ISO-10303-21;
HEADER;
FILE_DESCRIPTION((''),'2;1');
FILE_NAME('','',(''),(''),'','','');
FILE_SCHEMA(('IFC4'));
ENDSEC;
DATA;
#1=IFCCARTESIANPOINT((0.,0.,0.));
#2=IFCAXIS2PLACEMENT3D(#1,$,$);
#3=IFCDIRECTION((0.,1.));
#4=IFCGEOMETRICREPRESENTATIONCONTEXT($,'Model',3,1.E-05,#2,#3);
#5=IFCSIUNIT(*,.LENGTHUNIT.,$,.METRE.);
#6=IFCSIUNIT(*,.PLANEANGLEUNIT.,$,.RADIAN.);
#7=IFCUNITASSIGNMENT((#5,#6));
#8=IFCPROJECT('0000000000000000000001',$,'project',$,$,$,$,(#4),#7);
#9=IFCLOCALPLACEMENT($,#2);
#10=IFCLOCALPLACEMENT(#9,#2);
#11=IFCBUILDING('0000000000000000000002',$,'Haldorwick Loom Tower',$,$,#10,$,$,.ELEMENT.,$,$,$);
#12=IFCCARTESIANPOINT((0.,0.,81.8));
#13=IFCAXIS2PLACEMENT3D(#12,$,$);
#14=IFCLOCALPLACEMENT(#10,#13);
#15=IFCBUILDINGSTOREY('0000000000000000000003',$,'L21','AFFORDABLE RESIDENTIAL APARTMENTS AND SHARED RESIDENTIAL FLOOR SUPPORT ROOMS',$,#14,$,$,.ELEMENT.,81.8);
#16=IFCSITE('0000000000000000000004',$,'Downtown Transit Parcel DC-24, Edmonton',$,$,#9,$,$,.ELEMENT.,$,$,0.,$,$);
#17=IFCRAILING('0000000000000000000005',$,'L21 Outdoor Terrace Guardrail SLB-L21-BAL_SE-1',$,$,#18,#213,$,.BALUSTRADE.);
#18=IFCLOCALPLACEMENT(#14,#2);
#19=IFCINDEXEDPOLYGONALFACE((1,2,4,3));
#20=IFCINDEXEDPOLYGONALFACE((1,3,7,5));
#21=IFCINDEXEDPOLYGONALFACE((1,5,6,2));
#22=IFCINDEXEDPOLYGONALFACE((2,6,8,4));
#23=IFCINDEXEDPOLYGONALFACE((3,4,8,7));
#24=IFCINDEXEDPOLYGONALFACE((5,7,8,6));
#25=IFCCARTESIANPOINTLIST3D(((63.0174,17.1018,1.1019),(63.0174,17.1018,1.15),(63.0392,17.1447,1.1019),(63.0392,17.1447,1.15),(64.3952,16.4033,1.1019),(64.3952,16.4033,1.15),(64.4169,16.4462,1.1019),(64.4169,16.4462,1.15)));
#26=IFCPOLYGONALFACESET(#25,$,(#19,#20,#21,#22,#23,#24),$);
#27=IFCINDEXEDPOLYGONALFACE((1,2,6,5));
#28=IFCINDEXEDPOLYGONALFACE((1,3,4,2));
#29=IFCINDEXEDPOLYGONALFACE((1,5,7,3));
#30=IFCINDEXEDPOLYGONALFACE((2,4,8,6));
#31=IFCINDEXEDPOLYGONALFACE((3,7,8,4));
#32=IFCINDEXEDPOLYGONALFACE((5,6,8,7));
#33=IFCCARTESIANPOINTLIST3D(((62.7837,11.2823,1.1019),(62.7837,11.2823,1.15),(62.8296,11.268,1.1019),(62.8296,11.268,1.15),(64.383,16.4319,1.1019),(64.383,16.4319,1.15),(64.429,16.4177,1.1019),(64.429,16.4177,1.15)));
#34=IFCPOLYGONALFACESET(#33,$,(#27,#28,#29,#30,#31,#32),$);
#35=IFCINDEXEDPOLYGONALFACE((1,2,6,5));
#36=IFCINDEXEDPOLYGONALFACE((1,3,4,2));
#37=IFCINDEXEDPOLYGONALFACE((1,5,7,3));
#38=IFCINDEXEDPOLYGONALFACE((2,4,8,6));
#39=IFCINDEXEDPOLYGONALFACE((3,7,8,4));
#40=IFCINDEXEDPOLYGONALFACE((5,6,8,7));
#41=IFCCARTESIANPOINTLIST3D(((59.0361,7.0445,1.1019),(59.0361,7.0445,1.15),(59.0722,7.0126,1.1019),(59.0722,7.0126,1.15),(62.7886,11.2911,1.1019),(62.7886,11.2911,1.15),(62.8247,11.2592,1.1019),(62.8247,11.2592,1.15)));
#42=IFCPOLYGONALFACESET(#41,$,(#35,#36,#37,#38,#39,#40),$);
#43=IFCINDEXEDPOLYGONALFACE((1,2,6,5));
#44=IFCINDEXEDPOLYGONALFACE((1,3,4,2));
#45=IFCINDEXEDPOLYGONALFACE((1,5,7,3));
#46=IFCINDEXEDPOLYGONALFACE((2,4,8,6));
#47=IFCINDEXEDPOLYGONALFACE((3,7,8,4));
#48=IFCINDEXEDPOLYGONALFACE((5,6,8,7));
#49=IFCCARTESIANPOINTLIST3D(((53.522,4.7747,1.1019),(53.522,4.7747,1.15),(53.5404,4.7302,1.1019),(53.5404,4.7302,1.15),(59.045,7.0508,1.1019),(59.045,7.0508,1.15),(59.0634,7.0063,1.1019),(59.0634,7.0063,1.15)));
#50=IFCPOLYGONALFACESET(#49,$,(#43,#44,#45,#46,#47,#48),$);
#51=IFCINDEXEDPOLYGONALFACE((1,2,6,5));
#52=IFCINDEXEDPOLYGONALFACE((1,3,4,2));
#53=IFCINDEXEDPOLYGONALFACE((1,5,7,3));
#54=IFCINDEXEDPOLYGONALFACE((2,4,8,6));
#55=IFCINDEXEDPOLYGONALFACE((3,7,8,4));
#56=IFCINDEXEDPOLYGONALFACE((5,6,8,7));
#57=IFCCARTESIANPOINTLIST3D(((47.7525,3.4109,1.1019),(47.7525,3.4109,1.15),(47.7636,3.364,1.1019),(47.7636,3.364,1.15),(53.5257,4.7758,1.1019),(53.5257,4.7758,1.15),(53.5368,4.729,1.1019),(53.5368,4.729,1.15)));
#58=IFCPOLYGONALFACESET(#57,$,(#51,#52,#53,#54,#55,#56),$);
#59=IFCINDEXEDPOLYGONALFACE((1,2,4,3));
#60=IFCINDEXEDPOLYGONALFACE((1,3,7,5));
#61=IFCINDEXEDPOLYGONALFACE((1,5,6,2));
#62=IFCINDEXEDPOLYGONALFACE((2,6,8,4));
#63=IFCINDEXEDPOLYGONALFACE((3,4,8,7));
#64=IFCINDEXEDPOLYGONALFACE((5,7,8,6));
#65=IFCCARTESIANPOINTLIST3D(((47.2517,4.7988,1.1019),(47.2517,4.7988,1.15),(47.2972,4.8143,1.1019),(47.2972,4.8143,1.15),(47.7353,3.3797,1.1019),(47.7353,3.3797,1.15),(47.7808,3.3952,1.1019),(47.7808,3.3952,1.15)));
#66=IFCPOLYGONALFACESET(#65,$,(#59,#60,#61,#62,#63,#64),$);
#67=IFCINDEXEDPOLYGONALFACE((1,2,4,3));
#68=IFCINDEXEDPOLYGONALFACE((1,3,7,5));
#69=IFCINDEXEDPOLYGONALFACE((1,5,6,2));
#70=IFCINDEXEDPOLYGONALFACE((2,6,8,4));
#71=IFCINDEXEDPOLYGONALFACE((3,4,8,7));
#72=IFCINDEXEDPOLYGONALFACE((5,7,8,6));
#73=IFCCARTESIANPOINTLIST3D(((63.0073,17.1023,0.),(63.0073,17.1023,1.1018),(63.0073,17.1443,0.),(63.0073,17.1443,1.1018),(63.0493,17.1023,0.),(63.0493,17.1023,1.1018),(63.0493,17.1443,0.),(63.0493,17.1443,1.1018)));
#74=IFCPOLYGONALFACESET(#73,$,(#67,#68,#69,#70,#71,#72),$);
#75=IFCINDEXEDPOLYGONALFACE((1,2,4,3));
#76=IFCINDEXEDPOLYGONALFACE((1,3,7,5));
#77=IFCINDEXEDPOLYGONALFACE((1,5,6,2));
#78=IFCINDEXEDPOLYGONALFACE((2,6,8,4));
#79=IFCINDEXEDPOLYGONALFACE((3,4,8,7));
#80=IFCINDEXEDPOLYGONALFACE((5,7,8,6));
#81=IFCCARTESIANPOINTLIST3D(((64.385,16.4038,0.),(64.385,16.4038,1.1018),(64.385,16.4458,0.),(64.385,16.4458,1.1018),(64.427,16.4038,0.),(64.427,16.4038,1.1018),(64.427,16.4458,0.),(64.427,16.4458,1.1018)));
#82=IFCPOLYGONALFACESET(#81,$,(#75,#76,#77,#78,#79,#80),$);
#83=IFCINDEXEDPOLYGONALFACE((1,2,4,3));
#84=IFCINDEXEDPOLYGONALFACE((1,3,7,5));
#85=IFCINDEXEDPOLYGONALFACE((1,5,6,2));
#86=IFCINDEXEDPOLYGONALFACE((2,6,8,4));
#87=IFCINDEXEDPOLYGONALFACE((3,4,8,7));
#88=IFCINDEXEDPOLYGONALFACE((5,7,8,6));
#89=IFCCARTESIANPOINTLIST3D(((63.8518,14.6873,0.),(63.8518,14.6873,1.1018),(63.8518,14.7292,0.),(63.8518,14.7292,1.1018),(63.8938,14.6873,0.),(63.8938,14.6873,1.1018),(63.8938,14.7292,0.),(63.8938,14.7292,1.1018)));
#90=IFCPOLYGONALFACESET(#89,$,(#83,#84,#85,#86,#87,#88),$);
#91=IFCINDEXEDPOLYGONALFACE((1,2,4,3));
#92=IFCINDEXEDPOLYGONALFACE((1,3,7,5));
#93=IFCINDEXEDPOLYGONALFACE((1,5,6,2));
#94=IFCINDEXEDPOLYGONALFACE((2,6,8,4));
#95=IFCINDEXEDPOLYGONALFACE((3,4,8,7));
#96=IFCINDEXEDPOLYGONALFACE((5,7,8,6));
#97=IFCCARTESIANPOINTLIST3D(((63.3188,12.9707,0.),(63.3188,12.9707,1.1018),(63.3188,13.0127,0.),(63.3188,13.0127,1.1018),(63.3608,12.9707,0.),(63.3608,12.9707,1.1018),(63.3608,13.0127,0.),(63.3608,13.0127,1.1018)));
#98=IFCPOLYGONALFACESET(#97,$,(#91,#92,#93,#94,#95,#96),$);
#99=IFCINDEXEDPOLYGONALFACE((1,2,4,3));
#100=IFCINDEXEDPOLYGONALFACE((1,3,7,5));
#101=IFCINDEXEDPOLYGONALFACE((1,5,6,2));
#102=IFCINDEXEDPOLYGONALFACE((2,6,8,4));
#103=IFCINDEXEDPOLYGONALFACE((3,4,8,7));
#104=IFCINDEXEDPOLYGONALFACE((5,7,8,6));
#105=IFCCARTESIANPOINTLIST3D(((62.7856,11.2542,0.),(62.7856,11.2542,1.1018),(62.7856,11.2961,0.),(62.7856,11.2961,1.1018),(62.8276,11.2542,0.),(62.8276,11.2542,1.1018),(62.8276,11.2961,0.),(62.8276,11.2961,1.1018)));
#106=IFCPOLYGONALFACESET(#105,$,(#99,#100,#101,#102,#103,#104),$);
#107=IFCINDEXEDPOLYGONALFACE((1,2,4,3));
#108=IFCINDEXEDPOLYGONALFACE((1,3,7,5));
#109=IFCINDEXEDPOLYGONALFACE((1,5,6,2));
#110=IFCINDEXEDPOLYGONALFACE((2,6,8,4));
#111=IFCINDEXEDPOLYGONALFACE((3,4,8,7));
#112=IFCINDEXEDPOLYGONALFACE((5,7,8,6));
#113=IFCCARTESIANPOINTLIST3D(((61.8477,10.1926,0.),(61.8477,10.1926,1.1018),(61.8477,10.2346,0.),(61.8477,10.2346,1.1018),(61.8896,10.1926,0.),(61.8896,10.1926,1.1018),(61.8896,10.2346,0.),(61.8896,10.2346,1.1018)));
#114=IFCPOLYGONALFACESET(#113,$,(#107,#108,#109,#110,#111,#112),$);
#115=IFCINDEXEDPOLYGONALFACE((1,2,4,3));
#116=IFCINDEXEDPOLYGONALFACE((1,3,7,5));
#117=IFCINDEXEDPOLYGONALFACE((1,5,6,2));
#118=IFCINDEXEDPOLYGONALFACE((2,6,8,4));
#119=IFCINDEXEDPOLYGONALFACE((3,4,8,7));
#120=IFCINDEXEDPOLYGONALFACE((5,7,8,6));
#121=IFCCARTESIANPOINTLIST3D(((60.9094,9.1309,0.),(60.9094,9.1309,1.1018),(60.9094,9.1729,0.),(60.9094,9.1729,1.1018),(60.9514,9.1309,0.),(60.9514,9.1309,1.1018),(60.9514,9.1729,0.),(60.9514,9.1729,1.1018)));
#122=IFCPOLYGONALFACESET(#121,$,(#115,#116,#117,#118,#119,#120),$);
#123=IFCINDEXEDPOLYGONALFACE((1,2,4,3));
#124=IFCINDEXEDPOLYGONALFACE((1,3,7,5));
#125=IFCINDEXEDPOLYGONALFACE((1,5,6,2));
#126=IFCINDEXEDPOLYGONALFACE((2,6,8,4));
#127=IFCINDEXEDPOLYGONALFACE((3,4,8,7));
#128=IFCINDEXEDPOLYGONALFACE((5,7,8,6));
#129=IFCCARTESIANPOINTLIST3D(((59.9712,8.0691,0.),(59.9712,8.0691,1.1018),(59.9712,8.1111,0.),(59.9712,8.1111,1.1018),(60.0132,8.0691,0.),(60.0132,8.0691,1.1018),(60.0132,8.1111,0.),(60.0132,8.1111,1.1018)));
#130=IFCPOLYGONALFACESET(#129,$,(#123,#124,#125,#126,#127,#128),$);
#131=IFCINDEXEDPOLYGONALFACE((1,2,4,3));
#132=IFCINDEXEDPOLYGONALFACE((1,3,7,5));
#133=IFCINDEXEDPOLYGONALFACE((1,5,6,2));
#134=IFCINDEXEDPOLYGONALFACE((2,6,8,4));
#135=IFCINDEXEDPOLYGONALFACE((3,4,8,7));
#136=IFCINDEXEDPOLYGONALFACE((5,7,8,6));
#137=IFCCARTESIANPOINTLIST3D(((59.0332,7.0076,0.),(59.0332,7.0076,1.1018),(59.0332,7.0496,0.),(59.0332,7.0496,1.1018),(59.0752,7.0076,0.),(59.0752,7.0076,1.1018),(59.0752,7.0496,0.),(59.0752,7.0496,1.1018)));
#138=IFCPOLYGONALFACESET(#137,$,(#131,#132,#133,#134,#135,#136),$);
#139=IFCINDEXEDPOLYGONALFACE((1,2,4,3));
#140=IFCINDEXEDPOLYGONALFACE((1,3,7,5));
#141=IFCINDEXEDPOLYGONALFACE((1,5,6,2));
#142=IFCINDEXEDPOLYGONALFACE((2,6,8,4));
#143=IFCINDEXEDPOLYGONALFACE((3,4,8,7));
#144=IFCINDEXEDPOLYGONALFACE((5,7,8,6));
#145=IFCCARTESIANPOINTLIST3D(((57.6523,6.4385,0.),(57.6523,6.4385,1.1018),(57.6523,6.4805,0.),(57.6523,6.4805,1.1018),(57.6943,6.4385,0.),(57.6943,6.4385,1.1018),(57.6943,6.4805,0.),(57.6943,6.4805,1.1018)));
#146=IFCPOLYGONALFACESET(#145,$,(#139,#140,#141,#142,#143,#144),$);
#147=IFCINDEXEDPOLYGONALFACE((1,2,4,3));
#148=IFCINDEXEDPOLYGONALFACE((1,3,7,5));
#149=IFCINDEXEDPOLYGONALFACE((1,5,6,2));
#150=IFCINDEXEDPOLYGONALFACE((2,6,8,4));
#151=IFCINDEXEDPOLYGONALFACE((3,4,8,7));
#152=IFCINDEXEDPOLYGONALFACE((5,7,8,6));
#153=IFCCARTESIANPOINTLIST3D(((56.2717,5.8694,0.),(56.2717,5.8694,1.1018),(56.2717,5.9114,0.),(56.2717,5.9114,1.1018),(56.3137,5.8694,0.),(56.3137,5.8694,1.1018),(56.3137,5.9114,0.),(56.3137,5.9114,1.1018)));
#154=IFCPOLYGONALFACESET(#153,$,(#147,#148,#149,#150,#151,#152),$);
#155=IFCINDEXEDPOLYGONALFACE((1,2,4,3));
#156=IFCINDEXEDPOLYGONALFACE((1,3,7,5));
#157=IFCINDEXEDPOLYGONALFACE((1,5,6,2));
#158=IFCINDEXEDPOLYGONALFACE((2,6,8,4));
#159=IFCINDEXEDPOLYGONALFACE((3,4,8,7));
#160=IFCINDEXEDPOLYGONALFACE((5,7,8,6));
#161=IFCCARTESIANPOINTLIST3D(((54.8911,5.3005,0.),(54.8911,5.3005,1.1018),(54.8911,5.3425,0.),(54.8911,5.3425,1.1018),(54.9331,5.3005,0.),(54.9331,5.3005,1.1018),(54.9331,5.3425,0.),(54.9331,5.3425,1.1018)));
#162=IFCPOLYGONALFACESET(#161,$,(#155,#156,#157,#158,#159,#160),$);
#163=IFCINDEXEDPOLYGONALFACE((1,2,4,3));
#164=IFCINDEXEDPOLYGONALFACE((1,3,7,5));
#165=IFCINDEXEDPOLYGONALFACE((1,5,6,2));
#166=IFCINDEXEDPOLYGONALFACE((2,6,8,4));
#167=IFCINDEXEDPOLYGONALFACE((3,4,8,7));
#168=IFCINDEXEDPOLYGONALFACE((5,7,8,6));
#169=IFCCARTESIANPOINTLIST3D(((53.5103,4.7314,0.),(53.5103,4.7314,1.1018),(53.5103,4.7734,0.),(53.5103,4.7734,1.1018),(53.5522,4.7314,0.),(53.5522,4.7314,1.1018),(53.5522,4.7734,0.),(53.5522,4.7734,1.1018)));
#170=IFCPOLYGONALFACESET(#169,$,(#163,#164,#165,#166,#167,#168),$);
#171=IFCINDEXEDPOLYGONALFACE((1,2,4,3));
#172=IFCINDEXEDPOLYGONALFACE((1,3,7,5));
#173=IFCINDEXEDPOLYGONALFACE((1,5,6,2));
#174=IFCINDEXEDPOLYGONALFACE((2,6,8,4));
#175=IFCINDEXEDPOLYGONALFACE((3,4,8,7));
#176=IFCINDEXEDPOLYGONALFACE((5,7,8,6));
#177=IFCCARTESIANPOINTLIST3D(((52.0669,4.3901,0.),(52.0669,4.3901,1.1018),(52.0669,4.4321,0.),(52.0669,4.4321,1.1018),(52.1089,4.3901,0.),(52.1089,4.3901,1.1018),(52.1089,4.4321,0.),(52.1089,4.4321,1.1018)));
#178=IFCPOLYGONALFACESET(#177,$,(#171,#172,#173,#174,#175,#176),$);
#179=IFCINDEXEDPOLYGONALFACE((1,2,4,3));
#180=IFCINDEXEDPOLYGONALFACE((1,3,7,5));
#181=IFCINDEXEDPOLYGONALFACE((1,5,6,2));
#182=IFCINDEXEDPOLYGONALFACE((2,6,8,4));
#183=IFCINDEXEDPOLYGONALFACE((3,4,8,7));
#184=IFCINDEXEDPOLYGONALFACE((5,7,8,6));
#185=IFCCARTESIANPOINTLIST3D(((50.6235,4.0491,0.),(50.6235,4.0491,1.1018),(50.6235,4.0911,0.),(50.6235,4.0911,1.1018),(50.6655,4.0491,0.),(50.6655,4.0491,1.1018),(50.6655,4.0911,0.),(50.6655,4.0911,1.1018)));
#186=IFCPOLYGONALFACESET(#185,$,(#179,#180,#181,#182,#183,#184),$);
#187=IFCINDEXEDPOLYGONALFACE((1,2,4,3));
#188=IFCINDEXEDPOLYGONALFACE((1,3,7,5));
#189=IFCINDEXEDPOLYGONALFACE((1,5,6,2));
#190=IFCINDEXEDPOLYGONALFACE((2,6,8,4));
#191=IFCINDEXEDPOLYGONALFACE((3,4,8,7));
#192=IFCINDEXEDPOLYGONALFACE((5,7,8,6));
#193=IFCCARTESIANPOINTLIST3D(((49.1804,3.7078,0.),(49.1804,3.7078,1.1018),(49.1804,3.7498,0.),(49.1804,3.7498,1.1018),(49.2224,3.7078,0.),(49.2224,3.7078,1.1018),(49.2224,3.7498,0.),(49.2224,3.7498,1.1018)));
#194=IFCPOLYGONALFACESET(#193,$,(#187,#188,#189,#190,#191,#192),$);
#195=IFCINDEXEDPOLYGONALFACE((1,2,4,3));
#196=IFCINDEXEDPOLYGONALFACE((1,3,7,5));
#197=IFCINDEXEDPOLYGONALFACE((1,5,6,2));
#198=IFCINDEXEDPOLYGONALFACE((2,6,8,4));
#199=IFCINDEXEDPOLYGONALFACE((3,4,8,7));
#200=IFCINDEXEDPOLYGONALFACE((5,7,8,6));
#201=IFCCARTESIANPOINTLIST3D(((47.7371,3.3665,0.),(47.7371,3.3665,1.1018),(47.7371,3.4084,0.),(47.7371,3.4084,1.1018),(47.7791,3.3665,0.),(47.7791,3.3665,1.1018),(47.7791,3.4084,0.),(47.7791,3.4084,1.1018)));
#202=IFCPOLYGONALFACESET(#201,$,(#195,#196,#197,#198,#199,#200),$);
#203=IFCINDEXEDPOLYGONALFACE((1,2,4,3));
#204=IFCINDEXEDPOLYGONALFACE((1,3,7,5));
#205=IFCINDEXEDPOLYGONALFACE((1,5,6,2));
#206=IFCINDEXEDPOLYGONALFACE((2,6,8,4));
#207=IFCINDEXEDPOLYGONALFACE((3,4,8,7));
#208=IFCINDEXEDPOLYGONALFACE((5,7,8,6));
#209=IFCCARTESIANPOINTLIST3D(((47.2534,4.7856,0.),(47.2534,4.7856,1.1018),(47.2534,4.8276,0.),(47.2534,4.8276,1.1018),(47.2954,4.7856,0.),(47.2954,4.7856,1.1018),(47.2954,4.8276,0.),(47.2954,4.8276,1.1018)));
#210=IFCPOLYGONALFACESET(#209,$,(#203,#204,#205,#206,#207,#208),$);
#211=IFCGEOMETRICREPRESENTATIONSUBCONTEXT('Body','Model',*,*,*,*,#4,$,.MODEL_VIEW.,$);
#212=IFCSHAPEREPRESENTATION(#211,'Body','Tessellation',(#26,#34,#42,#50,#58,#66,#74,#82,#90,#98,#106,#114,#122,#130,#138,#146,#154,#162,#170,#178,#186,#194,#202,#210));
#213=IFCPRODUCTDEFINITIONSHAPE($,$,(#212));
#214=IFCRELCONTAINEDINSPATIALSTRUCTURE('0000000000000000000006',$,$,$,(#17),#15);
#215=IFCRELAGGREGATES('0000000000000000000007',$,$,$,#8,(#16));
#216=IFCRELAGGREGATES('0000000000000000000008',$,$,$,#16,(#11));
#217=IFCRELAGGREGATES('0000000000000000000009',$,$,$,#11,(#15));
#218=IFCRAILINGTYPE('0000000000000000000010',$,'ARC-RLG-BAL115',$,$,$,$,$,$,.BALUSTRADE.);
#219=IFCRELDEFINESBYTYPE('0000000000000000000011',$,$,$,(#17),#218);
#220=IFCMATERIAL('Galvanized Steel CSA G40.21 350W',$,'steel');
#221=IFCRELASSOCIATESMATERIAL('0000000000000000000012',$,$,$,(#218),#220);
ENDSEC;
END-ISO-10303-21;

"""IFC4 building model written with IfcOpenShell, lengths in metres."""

from ifc_helpers import new_model, si_unit, direction, frame, origin, origin_2d, place, context, subcontext, project, spatial, rectangle, extrude, material, type_object, element, save


model = new_model("IFC4")

# Units and contexts
model_context = context("Model", 3, precision=1e-05, world=origin(), true_north=direction((0.0, 1.0)))
body_context = subcontext(model_context, "Body", "Model", "MODEL_VIEW")
ifc_project = project(units=[si_unit("LENGTHUNIT", "METRE"), si_unit("PLANEANGLEUNIT", "RADIAN")], contexts=[model_context])

# Site, building, storey
site_placement = place(None, origin())
site = spatial("IfcSite", under=ifc_project, at=site_placement, Name="Downtown Transit Parcel DC-24, Edmonton", CompositionType="ELEMENT", RefElevation=0.0)
building_placement = place(site_placement, origin())
building = spatial("IfcBuilding", under=site, at=building_placement, Name="Haldorwick Loom Tower", CompositionType="ELEMENT")
storey_placement = place(building_placement, frame((0.0, 0.0, 81.8)))
storey = spatial("IfcBuildingStorey", under=building, at=storey_placement, Name="L21", Description="AFFORDABLE RESIDENTIAL APARTMENTS AND SHARED RESIDENTIAL FLOOR SUPPORT ROOMS", CompositionType="ELEMENT", Elevation=81.8)

# Railing
ifc_material_1 = material(Name="Galvanized Steel CSA G40.21 350W", Category="steel")
railing_type = type_object("IfcRailingType", Name="ARC-RLG-BAL115", PredefinedType="BALUSTRADE", material=ifc_material_1)
railing_placement = place(storey_placement, frame((63.0283, 17.1233, 0.0)))
element("IfcRailing", 1, at=railing_placement, inside=storey, type_object=railing_type, Name="L21 Outdoor Terrace Guardrail SLB-L21-BAL_SE-1", PredefinedType="BALUSTRADE", context=body_context, shape_type="SweptSolid", body=[
    extrude(rectangle(XDim=0.0481, YDim=0.0481, at=origin_2d()), frame((0.0, 0.0, 1.126), z_axis=(0.891916, -0.452201, 0.0), x_axis=(0.452201, 0.891916, 0.0)), (0.0, 0.0, 1.0), 1.5447),
    extrude(rectangle(XDim=0.0481, YDim=0.0481, at=origin_2d()), frame((1.3777, -0.6985, 1.126), z_axis=(-0.296601, -0.955001, 0.0), x_axis=(0.955001, -0.296601, 0.0)), (0.0, 0.0, 1.0), 5.3923),
    extrude(rectangle(XDim=0.0481, YDim=0.0481, at=origin_2d()), frame((-0.2217, -5.8481, 1.126), z_axis=(-0.662163, -0.74936, 0.0), x_axis=(0.74936, -0.662163, 0.0)), (0.0, 0.0, 1.0), 5.667),
    extrude(rectangle(XDim=0.0481, YDim=0.0481, at=origin_2d()), frame((-3.9741, -10.0947, 1.126), z_axis=(-0.924562, -0.381031, 0.0), x_axis=(0.381031, -0.924562, 0.0)), (0.0, 0.0, 1.0), 5.9736),
    extrude(rectangle(XDim=0.0481, YDim=0.0481, at=origin_2d()), frame((-9.4971, -12.3708, 1.126), z_axis=(-0.973169, -0.230092, 0.0), x_axis=(0.230092, -0.973169, 0.0)), (0.0, 0.0, 1.0), 5.9324),
    extrude(rectangle(XDim=0.0481, YDim=0.0481, at=origin_2d()), frame((-15.2703, -13.7358, 1.126), z_axis=(-0.322571, 0.946545, 0.0), x_axis=(-0.946545, -0.322571, 0.0)), (0.0, 0.0, 1.0), 1.4993),
    extrude(rectangle(XDim=0.042, YDim=0.042, at=origin_2d()), origin(), (0.0, 0.0, 1.0), 1.1018),
    extrude(rectangle(XDim=0.042, YDim=0.042, at=origin_2d()), frame((1.3777, -0.6985, 0.0)), (0.0, 0.0, 1.0), 1.1018),
    extrude(rectangle(XDim=0.042, YDim=0.042, at=origin_2d()), frame((0.8445, -2.415, 0.0)), (0.0, 0.0, 1.0), 1.1018),
    extrude(rectangle(XDim=0.042, YDim=0.042, at=origin_2d()), frame((0.3115, -4.1316, 0.0)), (0.0, 0.0, 1.0), 1.1018),
    extrude(rectangle(XDim=0.042, YDim=0.042, at=origin_2d()), frame((-0.2217, -5.8481, 0.0)), (0.0, 0.0, 1.0), 1.1018),
    extrude(rectangle(XDim=0.042, YDim=0.042, at=origin_2d()), frame((-1.1597, -6.9097, 0.0)), (0.0, 0.0, 1.0), 1.1018),
    extrude(rectangle(XDim=0.042, YDim=0.042, at=origin_2d()), frame((-2.0979, -7.9714, 0.0)), (0.0, 0.0, 1.0), 1.1018),
    extrude(rectangle(XDim=0.042, YDim=0.042, at=origin_2d()), frame((-3.0361, -9.0332, 0.0)), (0.0, 0.0, 1.0), 1.1018),
    extrude(rectangle(XDim=0.042, YDim=0.042, at=origin_2d()), frame((-3.9741, -10.0947, 0.0)), (0.0, 0.0, 1.0), 1.1018),
    extrude(rectangle(XDim=0.042, YDim=0.042, at=origin_2d()), frame((-5.355, -10.6638, 0.0)), (0.0, 0.0, 1.0), 1.1018),
    extrude(rectangle(XDim=0.042, YDim=0.042, at=origin_2d()), frame((-6.7356, -11.2329, 0.0)), (0.0, 0.0, 1.0), 1.1018),
    extrude(rectangle(XDim=0.042, YDim=0.042, at=origin_2d()), frame((-8.1162, -11.8018, 0.0)), (0.0, 0.0, 1.0), 1.1018),
    extrude(rectangle(XDim=0.042, YDim=0.042, at=origin_2d()), frame((-9.4971, -12.3708, 0.0)), (0.0, 0.0, 1.0), 1.1018),
    extrude(rectangle(XDim=0.042, YDim=0.042, at=origin_2d()), frame((-10.9404, -12.7122, 0.0)), (0.0, 0.0, 1.0), 1.1018),
    extrude(rectangle(XDim=0.042, YDim=0.042, at=origin_2d()), frame((-12.3838, -13.0532, 0.0)), (0.0, 0.0, 1.0), 1.1018),
    extrude(rectangle(XDim=0.042, YDim=0.042, at=origin_2d()), frame((-13.8269, -13.3945, 0.0)), (0.0, 0.0, 1.0), 1.1018),
    extrude(rectangle(XDim=0.042, YDim=0.042, at=origin_2d()), frame((-15.2703, -13.7358, 0.0)), (0.0, 0.0, 1.0), 1.1018),
    extrude(rectangle(XDim=0.042, YDim=0.042, at=origin_2d()), frame((-15.7539, -12.3167, 0.0)), (0.0, 0.0, 1.0), 1.1018),
])

save(model, "model.ifc")
